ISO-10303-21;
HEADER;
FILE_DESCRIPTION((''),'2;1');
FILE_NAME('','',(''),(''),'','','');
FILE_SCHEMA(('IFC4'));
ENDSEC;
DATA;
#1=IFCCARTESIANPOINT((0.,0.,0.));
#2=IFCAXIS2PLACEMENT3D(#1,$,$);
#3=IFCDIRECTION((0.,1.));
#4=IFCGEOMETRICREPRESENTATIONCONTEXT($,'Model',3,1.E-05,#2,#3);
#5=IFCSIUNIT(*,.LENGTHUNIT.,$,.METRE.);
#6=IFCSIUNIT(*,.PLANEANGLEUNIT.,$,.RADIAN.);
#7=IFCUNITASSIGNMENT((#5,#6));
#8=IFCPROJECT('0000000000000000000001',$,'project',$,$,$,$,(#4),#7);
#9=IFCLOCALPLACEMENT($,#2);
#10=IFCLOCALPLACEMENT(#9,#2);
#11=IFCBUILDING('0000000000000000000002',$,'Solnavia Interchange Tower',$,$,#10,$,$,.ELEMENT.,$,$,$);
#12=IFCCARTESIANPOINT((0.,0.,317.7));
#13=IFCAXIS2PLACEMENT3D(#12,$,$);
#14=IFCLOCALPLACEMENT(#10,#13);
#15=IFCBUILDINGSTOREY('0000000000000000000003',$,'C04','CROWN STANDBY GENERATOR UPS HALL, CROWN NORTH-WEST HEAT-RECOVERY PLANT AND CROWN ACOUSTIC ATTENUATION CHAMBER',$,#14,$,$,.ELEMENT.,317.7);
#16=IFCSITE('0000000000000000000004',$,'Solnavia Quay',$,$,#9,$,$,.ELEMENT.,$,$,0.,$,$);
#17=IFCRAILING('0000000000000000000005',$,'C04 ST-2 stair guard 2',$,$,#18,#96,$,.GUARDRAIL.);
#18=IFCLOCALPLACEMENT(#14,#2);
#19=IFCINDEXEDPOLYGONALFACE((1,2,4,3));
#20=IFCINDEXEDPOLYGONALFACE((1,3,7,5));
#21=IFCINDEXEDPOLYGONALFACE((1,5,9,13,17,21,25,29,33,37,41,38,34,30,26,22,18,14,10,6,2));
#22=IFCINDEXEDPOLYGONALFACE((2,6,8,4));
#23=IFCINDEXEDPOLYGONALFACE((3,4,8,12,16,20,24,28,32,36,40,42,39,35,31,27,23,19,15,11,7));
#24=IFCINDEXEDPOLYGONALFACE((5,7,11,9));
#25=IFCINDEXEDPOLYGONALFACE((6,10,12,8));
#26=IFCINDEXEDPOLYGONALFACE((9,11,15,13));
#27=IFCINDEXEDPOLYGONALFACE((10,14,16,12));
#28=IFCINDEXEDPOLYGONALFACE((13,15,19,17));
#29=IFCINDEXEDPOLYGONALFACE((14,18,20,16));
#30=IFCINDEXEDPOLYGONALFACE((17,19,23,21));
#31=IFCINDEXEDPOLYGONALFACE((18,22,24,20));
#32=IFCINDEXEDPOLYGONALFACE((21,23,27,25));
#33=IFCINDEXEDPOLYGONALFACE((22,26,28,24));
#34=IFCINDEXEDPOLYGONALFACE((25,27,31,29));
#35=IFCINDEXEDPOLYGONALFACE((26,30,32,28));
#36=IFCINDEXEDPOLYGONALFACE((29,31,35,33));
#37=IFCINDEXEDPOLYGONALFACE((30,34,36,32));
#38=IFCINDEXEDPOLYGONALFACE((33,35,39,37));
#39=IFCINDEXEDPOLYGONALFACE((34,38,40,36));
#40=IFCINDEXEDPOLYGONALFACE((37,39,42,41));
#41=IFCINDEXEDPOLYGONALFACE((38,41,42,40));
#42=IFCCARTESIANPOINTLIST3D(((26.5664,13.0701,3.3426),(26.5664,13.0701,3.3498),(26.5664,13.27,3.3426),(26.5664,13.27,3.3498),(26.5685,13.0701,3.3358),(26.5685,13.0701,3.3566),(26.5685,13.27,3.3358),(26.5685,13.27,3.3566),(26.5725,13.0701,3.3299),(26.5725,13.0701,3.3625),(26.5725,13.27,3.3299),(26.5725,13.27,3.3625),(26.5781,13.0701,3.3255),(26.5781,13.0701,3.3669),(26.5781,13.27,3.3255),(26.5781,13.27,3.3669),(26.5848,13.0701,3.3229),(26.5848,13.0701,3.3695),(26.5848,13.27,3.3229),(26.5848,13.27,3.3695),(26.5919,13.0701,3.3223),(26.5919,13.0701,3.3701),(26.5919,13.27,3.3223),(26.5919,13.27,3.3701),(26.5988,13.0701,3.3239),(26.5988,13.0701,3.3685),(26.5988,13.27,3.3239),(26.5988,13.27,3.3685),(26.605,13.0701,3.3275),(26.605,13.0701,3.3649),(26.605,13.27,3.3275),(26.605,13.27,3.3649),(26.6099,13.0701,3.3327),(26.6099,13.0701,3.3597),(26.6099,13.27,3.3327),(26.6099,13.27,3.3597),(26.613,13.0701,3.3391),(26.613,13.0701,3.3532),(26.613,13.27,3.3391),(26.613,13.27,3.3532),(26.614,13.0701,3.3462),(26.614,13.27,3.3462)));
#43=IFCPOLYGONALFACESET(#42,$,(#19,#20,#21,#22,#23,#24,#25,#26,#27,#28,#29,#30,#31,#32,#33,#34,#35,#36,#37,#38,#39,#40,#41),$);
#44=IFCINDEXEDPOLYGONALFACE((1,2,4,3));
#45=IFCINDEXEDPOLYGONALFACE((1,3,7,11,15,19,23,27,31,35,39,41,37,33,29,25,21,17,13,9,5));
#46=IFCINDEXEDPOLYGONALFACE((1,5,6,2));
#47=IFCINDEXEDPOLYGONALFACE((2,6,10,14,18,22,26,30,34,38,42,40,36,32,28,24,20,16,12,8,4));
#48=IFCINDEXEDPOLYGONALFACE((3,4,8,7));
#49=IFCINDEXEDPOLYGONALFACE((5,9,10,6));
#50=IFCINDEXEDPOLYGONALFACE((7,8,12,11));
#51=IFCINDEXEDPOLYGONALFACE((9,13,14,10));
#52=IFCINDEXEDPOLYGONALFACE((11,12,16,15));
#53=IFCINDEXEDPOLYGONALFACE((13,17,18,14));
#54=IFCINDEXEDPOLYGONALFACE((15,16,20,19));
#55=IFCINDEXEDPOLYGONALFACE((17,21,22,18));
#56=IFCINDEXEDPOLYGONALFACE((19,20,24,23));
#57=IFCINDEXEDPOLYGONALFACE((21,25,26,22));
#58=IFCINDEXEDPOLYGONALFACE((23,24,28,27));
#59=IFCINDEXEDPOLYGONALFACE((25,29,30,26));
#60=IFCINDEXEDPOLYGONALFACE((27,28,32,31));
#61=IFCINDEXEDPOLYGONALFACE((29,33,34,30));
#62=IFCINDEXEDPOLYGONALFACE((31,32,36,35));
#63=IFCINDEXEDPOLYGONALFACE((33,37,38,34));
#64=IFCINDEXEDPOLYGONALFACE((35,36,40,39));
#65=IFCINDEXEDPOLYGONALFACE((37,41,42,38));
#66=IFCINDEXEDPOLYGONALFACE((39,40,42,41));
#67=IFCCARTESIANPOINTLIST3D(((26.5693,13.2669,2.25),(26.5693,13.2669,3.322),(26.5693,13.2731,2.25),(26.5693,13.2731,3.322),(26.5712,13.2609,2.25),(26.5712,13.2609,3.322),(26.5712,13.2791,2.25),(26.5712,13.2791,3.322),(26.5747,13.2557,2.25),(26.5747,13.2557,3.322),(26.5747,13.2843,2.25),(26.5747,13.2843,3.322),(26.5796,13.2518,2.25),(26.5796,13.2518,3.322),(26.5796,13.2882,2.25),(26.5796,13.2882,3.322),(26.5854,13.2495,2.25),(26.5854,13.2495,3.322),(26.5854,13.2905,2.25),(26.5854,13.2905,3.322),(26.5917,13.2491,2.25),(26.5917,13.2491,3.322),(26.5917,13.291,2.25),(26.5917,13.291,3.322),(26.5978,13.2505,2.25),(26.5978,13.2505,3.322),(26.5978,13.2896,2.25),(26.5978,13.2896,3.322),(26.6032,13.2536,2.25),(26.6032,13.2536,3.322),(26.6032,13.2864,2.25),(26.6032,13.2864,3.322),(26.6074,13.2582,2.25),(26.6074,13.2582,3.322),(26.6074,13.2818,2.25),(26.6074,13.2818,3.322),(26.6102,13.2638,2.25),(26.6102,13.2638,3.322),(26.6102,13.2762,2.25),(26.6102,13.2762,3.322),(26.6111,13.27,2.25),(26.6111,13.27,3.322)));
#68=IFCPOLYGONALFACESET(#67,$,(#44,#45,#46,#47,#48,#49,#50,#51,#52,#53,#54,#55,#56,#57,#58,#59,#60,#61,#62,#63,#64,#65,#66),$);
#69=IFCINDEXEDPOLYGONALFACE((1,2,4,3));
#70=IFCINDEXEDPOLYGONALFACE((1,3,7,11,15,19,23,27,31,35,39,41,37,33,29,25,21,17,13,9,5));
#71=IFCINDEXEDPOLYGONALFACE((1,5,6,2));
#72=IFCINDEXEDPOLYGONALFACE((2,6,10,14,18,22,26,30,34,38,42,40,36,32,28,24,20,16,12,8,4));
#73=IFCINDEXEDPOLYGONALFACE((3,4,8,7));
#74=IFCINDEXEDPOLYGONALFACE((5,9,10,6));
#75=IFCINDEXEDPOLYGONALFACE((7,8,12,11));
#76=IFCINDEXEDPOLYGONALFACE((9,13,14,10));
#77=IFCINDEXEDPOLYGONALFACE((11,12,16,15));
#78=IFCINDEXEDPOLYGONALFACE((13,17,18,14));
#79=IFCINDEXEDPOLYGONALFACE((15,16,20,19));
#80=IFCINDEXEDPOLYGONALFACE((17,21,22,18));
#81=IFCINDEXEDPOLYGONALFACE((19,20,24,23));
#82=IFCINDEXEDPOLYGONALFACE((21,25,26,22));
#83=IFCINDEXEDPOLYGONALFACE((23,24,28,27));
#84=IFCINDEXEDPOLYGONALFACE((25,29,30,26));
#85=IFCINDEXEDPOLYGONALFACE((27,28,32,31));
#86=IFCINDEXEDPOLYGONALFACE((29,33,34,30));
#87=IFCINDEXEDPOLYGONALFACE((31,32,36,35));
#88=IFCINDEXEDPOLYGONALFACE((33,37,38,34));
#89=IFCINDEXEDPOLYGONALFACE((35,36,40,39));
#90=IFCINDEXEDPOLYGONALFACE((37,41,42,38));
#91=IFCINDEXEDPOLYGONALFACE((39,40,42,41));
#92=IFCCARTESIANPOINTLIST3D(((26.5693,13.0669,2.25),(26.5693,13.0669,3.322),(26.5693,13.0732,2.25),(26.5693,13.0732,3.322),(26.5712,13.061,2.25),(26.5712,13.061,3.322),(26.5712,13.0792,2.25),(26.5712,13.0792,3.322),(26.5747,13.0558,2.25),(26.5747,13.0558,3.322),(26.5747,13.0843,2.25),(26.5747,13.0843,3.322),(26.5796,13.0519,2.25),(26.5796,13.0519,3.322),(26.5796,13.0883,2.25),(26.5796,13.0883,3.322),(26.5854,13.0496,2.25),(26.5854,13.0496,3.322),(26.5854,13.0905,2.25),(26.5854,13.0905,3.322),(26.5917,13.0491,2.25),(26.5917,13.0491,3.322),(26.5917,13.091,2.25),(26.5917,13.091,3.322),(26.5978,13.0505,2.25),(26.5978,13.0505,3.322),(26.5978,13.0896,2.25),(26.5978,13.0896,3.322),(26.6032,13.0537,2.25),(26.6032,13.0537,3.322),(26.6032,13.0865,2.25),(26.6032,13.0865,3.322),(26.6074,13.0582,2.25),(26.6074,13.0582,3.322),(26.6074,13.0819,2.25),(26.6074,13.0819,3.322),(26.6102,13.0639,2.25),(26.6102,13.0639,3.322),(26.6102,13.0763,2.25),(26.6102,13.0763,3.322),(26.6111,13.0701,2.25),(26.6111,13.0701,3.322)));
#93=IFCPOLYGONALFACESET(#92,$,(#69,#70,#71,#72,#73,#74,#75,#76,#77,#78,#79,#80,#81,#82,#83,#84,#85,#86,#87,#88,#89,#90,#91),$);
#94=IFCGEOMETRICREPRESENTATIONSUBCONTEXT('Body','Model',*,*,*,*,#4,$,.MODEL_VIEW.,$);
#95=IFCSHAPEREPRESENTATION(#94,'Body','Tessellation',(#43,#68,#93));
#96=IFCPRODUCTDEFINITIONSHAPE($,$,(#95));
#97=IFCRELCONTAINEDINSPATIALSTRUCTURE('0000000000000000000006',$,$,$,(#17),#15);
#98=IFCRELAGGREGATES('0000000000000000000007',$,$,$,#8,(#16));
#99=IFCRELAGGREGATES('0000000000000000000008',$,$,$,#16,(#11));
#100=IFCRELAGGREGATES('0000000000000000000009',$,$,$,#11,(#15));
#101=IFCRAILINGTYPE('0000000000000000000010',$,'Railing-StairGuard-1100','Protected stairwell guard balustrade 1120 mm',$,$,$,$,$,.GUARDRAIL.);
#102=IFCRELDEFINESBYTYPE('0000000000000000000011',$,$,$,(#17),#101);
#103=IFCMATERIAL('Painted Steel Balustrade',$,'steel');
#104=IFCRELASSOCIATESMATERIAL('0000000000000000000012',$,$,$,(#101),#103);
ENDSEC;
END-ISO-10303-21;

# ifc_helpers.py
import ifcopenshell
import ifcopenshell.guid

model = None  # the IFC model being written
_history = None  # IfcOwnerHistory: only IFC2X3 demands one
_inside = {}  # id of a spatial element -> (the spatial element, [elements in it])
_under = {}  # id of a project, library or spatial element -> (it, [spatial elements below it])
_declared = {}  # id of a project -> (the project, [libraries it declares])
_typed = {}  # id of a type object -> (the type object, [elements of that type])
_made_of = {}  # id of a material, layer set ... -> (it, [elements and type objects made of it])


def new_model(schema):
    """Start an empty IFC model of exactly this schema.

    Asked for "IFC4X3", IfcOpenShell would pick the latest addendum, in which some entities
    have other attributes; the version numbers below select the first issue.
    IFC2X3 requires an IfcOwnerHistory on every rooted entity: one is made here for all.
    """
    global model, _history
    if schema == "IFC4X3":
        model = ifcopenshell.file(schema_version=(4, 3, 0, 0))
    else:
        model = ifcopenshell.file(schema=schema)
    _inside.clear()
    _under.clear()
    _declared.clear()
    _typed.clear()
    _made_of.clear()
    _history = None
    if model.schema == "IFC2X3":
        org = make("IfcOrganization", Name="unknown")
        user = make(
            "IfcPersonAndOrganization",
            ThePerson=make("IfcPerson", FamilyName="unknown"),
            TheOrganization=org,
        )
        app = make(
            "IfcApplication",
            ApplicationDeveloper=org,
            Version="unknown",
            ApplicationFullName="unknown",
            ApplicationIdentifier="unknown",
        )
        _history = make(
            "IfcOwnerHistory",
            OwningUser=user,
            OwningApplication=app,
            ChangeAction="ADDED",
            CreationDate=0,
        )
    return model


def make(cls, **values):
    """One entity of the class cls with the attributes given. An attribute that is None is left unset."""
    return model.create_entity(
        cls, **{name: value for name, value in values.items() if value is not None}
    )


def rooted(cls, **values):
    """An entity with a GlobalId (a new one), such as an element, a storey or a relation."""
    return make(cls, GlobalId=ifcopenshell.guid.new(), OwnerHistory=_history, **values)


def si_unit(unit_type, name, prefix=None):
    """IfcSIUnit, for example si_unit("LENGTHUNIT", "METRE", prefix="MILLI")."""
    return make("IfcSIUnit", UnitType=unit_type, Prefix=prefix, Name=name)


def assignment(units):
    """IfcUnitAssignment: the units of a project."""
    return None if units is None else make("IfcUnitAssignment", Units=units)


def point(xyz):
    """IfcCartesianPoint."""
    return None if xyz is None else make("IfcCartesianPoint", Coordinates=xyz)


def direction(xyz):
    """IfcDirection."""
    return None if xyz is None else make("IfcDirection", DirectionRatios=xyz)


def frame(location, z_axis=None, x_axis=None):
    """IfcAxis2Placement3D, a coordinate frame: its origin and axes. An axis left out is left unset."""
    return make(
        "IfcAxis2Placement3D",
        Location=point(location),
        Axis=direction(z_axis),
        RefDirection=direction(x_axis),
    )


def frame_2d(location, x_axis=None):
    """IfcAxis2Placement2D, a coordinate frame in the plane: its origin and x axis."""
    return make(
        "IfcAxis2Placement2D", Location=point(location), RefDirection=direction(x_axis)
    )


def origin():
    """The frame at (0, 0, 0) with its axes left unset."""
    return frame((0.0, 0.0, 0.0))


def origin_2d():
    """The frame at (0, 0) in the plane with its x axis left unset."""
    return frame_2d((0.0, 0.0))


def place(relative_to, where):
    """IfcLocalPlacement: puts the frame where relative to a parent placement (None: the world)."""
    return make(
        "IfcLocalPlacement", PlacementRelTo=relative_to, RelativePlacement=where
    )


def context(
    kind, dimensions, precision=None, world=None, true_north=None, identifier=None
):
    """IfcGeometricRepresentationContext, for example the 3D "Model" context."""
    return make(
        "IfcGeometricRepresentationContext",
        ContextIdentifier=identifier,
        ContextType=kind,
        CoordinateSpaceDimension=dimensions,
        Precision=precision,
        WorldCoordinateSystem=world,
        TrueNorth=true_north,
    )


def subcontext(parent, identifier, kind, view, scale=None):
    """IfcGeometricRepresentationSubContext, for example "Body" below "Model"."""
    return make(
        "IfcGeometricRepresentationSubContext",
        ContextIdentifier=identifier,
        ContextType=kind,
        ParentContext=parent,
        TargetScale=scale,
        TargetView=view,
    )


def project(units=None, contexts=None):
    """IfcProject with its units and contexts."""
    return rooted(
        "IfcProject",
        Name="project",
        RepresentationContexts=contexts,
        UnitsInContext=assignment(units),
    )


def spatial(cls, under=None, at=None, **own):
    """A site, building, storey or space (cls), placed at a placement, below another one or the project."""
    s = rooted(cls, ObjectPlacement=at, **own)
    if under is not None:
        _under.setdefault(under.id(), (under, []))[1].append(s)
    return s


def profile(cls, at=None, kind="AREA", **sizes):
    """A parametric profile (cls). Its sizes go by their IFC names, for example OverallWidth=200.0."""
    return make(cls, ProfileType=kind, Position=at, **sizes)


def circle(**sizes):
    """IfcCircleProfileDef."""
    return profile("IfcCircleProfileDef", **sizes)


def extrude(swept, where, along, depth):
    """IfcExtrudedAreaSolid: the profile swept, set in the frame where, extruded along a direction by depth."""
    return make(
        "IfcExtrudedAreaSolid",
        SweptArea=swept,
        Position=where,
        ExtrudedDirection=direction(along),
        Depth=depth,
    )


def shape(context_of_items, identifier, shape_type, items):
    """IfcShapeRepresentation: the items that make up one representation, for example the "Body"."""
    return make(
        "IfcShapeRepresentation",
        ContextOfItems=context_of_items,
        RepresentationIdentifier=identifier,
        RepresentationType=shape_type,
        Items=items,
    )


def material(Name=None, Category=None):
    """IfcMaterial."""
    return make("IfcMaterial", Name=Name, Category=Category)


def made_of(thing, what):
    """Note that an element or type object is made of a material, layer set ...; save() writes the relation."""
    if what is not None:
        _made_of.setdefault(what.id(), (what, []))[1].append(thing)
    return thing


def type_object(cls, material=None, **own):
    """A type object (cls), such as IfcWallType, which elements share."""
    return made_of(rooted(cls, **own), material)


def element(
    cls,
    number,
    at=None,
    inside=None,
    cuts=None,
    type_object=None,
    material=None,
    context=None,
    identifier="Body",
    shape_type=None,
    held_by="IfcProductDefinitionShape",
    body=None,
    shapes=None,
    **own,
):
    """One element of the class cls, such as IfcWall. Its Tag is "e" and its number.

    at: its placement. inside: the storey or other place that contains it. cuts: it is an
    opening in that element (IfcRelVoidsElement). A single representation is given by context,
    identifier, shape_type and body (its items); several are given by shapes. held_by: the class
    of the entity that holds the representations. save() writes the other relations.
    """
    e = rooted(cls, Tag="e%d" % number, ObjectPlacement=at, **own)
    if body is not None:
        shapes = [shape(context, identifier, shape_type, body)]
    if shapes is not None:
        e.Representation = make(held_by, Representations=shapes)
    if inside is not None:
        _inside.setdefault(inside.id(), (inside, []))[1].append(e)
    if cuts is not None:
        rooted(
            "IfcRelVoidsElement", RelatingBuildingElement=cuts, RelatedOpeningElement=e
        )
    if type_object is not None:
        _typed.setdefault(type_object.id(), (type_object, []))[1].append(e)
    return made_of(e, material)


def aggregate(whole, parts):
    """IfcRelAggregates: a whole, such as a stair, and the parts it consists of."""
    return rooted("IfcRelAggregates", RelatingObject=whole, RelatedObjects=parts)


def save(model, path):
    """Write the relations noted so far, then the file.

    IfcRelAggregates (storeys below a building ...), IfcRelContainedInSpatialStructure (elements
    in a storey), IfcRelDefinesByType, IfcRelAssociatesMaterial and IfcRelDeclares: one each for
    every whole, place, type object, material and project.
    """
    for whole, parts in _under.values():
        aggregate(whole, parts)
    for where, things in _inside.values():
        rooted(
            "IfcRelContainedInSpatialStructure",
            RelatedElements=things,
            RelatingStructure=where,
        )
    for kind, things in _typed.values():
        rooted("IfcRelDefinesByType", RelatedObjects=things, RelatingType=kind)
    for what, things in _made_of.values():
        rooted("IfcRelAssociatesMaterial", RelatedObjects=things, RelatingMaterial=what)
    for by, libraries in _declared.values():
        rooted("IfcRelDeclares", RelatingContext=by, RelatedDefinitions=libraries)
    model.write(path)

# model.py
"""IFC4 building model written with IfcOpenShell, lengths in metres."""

from ifc_helpers import new_model, si_unit, direction, frame, origin, origin_2d, place, context, subcontext, project, spatial, circle, extrude, material, type_object, element, save


model = new_model("IFC4")

# Units and contexts
model_context = context("Model", 3, precision=1e-05, world=origin(), true_north=direction((0.0, 1.0)))
body_context = subcontext(model_context, "Body", "Model", "MODEL_VIEW")
ifc_project = project(units=[si_unit("LENGTHUNIT", "METRE"), si_unit("PLANEANGLEUNIT", "RADIAN")], contexts=[model_context])

# Site, building, storey
site_placement = place(None, origin())
site = spatial("IfcSite", under=ifc_project, at=site_placement, Name="Solnavia Quay", CompositionType="ELEMENT", RefElevation=0.0)
building_placement = place(site_placement, origin())
building = spatial("IfcBuilding", under=site, at=building_placement, Name="Solnavia Interchange Tower", CompositionType="ELEMENT")
storey_placement = place(building_placement, frame((0.0, 0.0, 317.7)))
storey = spatial("IfcBuildingStorey", under=building, at=storey_placement, Name="C04", Description="CROWN STANDBY GENERATOR UPS HALL, CROWN NORTH-WEST HEAT-RECOVERY PLANT AND CROWN ACOUSTIC ATTENUATION CHAMBER", CompositionType="ELEMENT", Elevation=317.7)

# Railing
ifc_material_1 = material(Name="Painted Steel Balustrade", Category="steel")
railing_type_1 = type_object("IfcRailingType", Name="Railing-StairGuard-1100", Description="Protected stairwell guard balustrade 1120 mm", PredefinedType="GUARDRAIL", material=ifc_material_1)
railing_1_placement = place(storey_placement, frame((26.5901, 13.27, 2.25)))
element("IfcRailing", 1, at=railing_1_placement, inside=storey, type_object=railing_type_1, Name="C04 ST-2 stair guard 2", PredefinedType="GUARDRAIL", context=body_context, shape_type="SweptSolid", body=[
    extrude(circle(Radius=0.0239, at=origin_2d()), frame((0.0, 0.0, 1.0962), z_axis=(0.0, -1.0, 0.0), x_axis=(1.0, 0.0, 0.0)), (0.0, 0.0, 1.0), 0.2),
    extrude(circle(Radius=0.021, at=origin_2d()), origin(), (0.0, 0.0, 1.0), 1.072),
    extrude(circle(Radius=0.021, at=origin_2d()), frame((0.0, -0.2, 0.0)), (0.0, 0.0, 1.0), 1.072),
])

save(model, "model.ifc")
